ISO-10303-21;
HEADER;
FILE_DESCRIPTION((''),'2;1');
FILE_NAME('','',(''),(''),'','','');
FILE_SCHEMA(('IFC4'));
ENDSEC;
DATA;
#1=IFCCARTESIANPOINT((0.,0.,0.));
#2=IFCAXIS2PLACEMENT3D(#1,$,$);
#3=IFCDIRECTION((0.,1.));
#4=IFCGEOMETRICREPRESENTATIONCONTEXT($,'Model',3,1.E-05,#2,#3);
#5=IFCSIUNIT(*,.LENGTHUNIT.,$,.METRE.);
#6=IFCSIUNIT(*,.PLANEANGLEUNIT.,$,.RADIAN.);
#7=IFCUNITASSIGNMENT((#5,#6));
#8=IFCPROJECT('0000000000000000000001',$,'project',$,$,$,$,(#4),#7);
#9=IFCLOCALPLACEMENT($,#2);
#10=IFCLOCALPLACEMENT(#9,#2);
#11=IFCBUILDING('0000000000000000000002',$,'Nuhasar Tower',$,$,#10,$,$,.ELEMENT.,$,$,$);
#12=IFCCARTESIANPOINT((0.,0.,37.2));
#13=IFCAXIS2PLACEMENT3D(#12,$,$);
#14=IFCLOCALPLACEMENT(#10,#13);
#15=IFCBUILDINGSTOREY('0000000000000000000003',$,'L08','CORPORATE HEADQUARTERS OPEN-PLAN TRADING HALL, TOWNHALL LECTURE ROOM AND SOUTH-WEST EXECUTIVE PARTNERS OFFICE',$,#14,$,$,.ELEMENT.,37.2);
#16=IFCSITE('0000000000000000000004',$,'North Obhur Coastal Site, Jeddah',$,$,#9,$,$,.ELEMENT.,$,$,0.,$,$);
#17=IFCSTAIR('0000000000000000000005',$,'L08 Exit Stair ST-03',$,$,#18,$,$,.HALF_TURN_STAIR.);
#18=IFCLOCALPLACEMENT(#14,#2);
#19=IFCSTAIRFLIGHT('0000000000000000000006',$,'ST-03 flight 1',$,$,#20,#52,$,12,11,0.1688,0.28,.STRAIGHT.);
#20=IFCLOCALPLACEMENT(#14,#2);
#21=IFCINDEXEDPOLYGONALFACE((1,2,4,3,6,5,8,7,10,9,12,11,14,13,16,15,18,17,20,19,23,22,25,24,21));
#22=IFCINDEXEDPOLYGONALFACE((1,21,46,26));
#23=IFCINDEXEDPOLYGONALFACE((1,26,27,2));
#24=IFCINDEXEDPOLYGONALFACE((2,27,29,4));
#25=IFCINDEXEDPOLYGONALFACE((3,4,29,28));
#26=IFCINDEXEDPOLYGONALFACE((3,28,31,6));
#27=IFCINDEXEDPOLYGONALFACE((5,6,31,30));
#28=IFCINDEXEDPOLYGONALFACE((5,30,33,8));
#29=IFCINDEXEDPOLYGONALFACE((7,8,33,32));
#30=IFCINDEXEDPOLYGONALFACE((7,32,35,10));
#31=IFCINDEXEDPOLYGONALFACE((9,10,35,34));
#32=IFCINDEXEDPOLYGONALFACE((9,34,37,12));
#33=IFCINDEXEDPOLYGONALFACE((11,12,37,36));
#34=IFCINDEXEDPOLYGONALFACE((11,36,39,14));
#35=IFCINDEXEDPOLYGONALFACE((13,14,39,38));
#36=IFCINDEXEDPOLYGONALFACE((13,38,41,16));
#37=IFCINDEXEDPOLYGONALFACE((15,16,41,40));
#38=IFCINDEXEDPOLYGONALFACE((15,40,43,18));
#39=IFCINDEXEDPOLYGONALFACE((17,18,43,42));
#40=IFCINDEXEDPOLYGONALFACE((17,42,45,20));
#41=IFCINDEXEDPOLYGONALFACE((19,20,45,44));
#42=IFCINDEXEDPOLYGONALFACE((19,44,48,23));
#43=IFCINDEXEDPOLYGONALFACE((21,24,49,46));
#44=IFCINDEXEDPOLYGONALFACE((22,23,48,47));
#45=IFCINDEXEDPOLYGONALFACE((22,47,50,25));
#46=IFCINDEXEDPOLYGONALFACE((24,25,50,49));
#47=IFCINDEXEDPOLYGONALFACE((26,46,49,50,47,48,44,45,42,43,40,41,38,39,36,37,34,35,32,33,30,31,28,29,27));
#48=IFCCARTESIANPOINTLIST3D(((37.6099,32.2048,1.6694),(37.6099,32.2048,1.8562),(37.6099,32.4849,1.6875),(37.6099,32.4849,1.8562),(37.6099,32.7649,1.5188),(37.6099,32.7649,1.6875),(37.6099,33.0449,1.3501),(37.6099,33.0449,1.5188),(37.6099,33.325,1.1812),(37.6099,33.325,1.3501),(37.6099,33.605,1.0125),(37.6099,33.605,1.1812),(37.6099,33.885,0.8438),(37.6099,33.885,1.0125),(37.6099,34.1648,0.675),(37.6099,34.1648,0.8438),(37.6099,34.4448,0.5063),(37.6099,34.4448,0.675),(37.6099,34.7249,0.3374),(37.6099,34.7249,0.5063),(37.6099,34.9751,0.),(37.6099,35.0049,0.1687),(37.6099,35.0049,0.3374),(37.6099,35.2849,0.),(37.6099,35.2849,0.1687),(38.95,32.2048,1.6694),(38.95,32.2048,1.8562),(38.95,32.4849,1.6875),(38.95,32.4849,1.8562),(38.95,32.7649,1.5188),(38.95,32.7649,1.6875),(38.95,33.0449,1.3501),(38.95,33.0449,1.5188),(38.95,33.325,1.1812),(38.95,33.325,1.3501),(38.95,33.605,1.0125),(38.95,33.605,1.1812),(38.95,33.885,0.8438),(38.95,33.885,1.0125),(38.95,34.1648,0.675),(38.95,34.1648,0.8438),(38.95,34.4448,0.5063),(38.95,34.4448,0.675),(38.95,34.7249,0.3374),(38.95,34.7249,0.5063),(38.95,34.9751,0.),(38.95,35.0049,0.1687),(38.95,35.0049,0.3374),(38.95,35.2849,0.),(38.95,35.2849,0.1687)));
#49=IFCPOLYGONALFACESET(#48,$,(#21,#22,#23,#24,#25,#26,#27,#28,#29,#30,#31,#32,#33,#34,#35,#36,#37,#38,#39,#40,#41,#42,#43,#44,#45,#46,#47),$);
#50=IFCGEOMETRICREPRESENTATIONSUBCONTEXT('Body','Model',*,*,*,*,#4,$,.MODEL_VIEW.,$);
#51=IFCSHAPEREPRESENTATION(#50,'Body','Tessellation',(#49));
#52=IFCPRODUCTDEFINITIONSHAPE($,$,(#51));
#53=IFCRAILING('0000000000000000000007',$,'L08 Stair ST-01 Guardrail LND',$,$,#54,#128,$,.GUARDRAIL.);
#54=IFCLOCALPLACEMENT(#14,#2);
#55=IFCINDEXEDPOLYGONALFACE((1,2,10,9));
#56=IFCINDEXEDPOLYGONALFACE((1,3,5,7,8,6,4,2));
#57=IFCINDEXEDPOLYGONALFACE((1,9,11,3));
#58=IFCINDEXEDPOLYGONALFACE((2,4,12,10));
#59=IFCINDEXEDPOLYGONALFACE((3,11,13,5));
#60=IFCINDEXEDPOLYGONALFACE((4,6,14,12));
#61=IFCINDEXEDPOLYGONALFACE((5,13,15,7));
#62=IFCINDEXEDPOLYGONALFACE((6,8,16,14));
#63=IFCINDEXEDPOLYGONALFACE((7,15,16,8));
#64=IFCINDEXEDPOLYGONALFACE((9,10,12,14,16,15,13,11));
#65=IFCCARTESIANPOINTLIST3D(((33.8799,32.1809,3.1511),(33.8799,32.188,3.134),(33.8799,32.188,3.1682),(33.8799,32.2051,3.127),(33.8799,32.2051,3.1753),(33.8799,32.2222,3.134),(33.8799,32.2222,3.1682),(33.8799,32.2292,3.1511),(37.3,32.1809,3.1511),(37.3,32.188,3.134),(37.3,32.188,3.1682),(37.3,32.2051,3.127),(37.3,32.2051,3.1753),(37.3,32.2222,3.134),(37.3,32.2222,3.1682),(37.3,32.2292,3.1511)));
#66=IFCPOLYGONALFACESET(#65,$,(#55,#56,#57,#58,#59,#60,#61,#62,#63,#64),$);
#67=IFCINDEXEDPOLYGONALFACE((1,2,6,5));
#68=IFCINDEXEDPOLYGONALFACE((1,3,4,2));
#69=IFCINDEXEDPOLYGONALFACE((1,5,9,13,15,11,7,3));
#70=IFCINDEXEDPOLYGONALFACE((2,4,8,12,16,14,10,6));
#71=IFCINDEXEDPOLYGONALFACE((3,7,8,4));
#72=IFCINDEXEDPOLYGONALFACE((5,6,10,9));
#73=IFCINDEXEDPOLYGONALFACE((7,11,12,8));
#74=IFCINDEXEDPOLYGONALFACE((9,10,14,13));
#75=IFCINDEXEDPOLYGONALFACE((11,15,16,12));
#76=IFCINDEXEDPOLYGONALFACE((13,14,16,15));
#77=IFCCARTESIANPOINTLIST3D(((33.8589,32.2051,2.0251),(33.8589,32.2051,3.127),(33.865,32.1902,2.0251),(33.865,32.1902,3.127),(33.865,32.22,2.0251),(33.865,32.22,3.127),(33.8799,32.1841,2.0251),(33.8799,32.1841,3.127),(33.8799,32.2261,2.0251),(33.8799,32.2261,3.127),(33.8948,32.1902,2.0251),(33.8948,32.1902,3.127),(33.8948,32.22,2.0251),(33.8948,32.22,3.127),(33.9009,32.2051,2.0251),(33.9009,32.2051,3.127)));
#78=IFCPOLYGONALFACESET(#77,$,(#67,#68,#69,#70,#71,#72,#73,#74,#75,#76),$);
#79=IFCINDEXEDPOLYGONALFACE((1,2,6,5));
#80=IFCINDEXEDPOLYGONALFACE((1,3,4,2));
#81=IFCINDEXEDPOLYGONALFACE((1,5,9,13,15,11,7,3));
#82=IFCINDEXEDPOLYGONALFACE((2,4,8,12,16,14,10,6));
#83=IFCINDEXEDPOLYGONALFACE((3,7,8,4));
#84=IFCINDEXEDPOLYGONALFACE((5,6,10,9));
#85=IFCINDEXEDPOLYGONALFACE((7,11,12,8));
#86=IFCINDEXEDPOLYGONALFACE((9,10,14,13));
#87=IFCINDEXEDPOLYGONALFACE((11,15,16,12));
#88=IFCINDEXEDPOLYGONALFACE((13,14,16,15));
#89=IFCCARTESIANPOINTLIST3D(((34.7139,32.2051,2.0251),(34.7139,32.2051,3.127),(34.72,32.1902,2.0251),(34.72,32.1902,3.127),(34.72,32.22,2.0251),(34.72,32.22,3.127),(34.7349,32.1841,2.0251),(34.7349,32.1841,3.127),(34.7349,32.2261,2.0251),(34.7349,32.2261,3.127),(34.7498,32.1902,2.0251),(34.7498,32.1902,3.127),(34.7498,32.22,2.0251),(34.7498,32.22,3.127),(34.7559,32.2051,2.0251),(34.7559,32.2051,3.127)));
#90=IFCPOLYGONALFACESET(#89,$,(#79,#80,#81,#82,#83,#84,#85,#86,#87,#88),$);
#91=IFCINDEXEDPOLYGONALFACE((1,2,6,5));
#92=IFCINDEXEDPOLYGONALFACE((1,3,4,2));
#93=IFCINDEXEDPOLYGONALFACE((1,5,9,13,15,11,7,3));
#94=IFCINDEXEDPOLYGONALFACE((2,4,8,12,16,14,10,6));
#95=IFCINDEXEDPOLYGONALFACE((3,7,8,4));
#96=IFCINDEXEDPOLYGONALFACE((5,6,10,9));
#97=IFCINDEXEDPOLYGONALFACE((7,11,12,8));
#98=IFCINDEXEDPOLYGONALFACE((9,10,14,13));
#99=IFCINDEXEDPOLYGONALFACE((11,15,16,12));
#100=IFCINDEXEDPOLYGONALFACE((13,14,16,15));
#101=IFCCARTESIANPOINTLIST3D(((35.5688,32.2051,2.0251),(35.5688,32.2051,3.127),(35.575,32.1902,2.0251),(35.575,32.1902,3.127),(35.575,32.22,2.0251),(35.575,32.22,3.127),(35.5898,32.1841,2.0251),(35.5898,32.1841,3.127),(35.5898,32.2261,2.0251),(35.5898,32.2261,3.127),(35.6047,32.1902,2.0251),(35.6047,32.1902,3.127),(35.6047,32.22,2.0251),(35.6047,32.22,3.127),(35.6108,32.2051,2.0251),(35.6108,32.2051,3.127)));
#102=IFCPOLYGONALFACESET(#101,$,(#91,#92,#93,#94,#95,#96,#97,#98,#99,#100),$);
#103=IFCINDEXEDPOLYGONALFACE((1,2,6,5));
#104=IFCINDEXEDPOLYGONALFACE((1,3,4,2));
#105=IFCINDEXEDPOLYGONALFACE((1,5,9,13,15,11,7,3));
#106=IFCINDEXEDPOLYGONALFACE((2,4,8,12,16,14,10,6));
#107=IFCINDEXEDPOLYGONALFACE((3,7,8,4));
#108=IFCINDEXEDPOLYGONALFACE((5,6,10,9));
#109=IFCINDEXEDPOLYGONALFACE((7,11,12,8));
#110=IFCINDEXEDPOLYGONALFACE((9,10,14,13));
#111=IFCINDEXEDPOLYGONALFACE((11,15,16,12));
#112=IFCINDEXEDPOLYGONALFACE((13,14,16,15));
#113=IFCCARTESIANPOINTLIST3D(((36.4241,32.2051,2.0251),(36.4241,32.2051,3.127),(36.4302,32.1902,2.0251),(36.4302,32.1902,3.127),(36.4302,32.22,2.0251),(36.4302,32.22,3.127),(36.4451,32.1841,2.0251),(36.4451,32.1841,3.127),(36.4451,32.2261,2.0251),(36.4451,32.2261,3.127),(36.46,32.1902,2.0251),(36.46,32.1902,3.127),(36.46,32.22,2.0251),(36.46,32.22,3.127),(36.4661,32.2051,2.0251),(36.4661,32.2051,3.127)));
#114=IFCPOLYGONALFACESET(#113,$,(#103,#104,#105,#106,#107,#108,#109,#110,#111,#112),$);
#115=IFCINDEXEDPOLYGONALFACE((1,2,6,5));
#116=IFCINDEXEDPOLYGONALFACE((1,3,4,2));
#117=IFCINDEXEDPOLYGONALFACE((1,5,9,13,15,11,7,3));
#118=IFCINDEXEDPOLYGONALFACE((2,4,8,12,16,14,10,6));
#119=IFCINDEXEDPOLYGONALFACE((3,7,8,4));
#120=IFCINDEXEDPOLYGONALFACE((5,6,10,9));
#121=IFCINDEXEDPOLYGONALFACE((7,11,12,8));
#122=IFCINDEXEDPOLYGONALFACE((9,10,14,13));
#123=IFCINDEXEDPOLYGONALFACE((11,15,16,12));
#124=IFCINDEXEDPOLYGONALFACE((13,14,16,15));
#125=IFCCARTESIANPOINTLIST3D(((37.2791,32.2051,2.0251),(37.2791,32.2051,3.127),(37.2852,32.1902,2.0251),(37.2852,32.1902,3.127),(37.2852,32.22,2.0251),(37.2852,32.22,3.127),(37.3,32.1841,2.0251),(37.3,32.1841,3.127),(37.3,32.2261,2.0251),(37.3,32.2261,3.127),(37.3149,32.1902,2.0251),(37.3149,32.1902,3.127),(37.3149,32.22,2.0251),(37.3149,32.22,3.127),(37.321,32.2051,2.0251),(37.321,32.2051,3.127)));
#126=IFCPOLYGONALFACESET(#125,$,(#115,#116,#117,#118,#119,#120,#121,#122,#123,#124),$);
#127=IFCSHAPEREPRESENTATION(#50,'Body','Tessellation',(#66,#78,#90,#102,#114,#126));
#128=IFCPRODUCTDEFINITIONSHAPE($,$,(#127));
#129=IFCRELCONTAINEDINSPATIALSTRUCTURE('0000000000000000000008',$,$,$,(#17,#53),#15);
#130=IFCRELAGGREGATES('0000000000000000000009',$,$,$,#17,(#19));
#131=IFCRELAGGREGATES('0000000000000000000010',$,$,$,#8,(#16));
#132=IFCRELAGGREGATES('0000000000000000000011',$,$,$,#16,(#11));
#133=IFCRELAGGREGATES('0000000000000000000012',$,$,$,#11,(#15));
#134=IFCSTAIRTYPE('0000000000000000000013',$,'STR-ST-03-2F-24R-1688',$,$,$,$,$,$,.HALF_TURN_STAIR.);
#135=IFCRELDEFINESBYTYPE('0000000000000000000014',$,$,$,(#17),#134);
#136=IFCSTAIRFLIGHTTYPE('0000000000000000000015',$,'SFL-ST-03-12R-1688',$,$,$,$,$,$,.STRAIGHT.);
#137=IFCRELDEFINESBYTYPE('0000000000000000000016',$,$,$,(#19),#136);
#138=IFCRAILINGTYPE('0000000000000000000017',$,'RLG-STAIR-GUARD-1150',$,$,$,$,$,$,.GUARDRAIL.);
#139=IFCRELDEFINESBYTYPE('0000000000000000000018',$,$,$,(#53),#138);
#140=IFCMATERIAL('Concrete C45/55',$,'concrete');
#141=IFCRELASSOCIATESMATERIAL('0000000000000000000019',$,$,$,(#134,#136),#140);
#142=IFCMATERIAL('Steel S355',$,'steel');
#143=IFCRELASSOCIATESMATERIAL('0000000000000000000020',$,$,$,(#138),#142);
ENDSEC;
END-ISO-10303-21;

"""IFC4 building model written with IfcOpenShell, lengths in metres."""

from ifc_helpers import new_model, si_unit, direction, frame, origin, place, context, subcontext, project, spatial, polyline, outline, extrude, material, type_object, element, aggregate, save


model = new_model("IFC4")

# Units and contexts
model_context = context("Model", 3, precision=1e-05, world=origin(), true_north=direction((0.0, 1.0)))
body_context = subcontext(model_context, "Body", "Model", "MODEL_VIEW")
ifc_project = project(units=[si_unit("LENGTHUNIT", "METRE"), si_unit("PLANEANGLEUNIT", "RADIAN")], contexts=[model_context])

# Site, building, storey
site_placement = place(None, origin())
site = spatial("IfcSite", under=ifc_project, at=site_placement, Name="North Obhur Coastal Site, Jeddah", CompositionType="ELEMENT", RefElevation=0.0)
building_placement = place(site_placement, origin())
building = spatial("IfcBuilding", under=site, at=building_placement, Name="Nuhasar Tower", CompositionType="ELEMENT")
storey_placement = place(building_placement, frame((0.0, 0.0, 37.2)))
storey = spatial("IfcBuildingStorey", under=building, at=storey_placement, Name="L08", Description="CORPORATE HEADQUARTERS OPEN-PLAN TRADING HALL, TOWNHALL LECTURE ROOM AND SOUTH-WEST EXECUTIVE PARTNERS OFFICE", CompositionType="ELEMENT", Elevation=37.2)

# Shared definitions
ifc_material_1 = material(Name="Steel S355", Category="steel")

# Shared definitions
ifc_material_2 = material(Name="Concrete C45/55", Category="concrete")

# Stair, stair flight
stair_type_1 = type_object("IfcStairType", Name="STR-ST-03-2F-24R-1688", PredefinedType="HALF_TURN_STAIR", material=ifc_material_2)
stair_1_placement = place(storey_placement, origin())
stair_1 = element("IfcStair", 1, at=stair_1_placement, inside=storey, type_object=stair_type_1, Name="L08 Exit Stair ST-03", PredefinedType="HALF_TURN_STAIR")
stair_flight_type_1 = type_object("IfcStairFlightType", Name="SFL-ST-03-12R-1688", PredefinedType="STRAIGHT", material=ifc_material_2)
stair_flight_1_placement = place(storey_placement, frame((38.28, 35.2849, 0.0), z_axis=(0.0, 0.0, 1.0), x_axis=(0.0, -1.0, 0.0)))
stair_flight_1 = element("IfcStairFlight", 2, at=stair_flight_1_placement, type_object=stair_flight_type_1, Name="ST-03 flight 1", NumberOfRisers=12, NumberOfTreads=11, PredefinedType="STRAIGHT", RiserHeight=0.1688, TreadLength=0.28, context=body_context, shape_type="SweptSolid", body=[
    extrude(outline(polyline([(0.0, 0.0), (0.0, 0.1687), (0.28, 0.1687), (0.28, 0.3374), (0.5601, 0.3374), (0.5601, 0.5063), (0.8401, 0.5063), (0.8401, 0.675), (1.1201, 0.675), (1.1201, 0.8438), (1.3999, 0.8438), (1.3999, 1.0125), (1.6799, 1.0125), (1.6799, 1.1812), (1.96, 1.1812), (1.96, 1.3501), (2.24, 1.3501), (2.24, 1.5188), (2.52, 1.5188), (2.52, 1.6875), (2.8, 1.6875), (2.8, 1.8562), (3.0801, 1.8562), (3.0801, 2.0249), (3.0801, 1.6694), (0.3098, 0.0), (0.0, 0.0)])), frame((0.0, 0.6699, 0.0), z_axis=(0.0, -1.0, 0.0), x_axis=(1.0, 0.0, 0.0)), (0.0, 0.0, 1.0), 1.3401),
])
aggregate(stair_1, [stair_flight_1])

# Railing
railing_type_1 = type_object("IfcRailingType", Name="RLG-STAIR-GUARD-1150", PredefinedType="GUARDRAIL", material=ifc_material_1)
railing_1_placement = place(storey_placement, frame((33.8799, 32.2051, 2.0251)))
element("IfcRailing", 3, at=railing_1_placement, inside=storey, type_object=railing_type_1, Name="L08 Stair ST-01 Guardrail LND", PredefinedType="GUARDRAIL", context=body_context, shape_type="SweptSolid", body=[
    extrude(outline(polyline([(0.0242, 0.0), (0.0171, 0.0171), (0.0, 0.0242), (-0.0171, 0.0171), (-0.0242, 0.0), (-0.0171, -0.0171), (0.0, -0.0242), (0.0171, -0.0171), (0.0242, 0.0)])), frame((0.0, 0.0, 1.126), z_axis=(1.0, 0.0, 0.0), x_axis=(0.0, 1.0, 0.0)), (0.0, 0.0, 1.0), 3.4202),
    extrude(outline(polyline([(0.021, 0.0), (0.0149, 0.0149), (0.0, 0.021), (-0.0149, 0.0149), (-0.021, 0.0), (-0.0149, -0.0149), (0.0, -0.021), (0.0149, -0.0149), (0.021, 0.0)])), origin(), (0.0, 0.0, 1.0), 1.1018),
    extrude(outline(polyline([(0.021, 0.0), (0.0149, 0.0149), (0.0, 0.021), (-0.0149, 0.0149), (-0.021, 0.0), (-0.0149, -0.0149), (0.0, -0.021), (0.0149, -0.0149), (0.021, 0.0)])), frame((0.855, 0.0, 0.0)), (0.0, 0.0, 1.0), 1.1018),
    extrude(outline(polyline([(0.021, 0.0), (0.0149, 0.0149), (0.0, 0.021), (-0.0149, 0.0149), (-0.021, 0.0), (-0.0149, -0.0149), (0.0, -0.021), (0.0149, -0.0149), (0.021, 0.0)])), frame((1.71, 0.0, 0.0)), (0.0, 0.0, 1.0), 1.1018),
    extrude(outline(polyline([(0.021, 0.0), (0.0149, 0.0149), (0.0, 0.021), (-0.0149, 0.0149), (-0.021, 0.0), (-0.0149, -0.0149), (0.0, -0.021), (0.0149, -0.0149), (0.021, 0.0)])), frame((2.5652, 0.0, 0.0)), (0.0, 0.0, 1.0), 1.1018),
    extrude(outline(polyline([(0.021, 0.0), (0.0149, 0.0149), (0.0, 0.021), (-0.0149, 0.0149), (-0.021, 0.0), (-0.0149, -0.0149), (0.0, -0.021), (0.0149, -0.0149), (0.021, 0.0)])), frame((3.4202, 0.0, 0.0)), (0.0, 0.0, 1.0), 1.1018),
])

save(model, "model.ifc")
